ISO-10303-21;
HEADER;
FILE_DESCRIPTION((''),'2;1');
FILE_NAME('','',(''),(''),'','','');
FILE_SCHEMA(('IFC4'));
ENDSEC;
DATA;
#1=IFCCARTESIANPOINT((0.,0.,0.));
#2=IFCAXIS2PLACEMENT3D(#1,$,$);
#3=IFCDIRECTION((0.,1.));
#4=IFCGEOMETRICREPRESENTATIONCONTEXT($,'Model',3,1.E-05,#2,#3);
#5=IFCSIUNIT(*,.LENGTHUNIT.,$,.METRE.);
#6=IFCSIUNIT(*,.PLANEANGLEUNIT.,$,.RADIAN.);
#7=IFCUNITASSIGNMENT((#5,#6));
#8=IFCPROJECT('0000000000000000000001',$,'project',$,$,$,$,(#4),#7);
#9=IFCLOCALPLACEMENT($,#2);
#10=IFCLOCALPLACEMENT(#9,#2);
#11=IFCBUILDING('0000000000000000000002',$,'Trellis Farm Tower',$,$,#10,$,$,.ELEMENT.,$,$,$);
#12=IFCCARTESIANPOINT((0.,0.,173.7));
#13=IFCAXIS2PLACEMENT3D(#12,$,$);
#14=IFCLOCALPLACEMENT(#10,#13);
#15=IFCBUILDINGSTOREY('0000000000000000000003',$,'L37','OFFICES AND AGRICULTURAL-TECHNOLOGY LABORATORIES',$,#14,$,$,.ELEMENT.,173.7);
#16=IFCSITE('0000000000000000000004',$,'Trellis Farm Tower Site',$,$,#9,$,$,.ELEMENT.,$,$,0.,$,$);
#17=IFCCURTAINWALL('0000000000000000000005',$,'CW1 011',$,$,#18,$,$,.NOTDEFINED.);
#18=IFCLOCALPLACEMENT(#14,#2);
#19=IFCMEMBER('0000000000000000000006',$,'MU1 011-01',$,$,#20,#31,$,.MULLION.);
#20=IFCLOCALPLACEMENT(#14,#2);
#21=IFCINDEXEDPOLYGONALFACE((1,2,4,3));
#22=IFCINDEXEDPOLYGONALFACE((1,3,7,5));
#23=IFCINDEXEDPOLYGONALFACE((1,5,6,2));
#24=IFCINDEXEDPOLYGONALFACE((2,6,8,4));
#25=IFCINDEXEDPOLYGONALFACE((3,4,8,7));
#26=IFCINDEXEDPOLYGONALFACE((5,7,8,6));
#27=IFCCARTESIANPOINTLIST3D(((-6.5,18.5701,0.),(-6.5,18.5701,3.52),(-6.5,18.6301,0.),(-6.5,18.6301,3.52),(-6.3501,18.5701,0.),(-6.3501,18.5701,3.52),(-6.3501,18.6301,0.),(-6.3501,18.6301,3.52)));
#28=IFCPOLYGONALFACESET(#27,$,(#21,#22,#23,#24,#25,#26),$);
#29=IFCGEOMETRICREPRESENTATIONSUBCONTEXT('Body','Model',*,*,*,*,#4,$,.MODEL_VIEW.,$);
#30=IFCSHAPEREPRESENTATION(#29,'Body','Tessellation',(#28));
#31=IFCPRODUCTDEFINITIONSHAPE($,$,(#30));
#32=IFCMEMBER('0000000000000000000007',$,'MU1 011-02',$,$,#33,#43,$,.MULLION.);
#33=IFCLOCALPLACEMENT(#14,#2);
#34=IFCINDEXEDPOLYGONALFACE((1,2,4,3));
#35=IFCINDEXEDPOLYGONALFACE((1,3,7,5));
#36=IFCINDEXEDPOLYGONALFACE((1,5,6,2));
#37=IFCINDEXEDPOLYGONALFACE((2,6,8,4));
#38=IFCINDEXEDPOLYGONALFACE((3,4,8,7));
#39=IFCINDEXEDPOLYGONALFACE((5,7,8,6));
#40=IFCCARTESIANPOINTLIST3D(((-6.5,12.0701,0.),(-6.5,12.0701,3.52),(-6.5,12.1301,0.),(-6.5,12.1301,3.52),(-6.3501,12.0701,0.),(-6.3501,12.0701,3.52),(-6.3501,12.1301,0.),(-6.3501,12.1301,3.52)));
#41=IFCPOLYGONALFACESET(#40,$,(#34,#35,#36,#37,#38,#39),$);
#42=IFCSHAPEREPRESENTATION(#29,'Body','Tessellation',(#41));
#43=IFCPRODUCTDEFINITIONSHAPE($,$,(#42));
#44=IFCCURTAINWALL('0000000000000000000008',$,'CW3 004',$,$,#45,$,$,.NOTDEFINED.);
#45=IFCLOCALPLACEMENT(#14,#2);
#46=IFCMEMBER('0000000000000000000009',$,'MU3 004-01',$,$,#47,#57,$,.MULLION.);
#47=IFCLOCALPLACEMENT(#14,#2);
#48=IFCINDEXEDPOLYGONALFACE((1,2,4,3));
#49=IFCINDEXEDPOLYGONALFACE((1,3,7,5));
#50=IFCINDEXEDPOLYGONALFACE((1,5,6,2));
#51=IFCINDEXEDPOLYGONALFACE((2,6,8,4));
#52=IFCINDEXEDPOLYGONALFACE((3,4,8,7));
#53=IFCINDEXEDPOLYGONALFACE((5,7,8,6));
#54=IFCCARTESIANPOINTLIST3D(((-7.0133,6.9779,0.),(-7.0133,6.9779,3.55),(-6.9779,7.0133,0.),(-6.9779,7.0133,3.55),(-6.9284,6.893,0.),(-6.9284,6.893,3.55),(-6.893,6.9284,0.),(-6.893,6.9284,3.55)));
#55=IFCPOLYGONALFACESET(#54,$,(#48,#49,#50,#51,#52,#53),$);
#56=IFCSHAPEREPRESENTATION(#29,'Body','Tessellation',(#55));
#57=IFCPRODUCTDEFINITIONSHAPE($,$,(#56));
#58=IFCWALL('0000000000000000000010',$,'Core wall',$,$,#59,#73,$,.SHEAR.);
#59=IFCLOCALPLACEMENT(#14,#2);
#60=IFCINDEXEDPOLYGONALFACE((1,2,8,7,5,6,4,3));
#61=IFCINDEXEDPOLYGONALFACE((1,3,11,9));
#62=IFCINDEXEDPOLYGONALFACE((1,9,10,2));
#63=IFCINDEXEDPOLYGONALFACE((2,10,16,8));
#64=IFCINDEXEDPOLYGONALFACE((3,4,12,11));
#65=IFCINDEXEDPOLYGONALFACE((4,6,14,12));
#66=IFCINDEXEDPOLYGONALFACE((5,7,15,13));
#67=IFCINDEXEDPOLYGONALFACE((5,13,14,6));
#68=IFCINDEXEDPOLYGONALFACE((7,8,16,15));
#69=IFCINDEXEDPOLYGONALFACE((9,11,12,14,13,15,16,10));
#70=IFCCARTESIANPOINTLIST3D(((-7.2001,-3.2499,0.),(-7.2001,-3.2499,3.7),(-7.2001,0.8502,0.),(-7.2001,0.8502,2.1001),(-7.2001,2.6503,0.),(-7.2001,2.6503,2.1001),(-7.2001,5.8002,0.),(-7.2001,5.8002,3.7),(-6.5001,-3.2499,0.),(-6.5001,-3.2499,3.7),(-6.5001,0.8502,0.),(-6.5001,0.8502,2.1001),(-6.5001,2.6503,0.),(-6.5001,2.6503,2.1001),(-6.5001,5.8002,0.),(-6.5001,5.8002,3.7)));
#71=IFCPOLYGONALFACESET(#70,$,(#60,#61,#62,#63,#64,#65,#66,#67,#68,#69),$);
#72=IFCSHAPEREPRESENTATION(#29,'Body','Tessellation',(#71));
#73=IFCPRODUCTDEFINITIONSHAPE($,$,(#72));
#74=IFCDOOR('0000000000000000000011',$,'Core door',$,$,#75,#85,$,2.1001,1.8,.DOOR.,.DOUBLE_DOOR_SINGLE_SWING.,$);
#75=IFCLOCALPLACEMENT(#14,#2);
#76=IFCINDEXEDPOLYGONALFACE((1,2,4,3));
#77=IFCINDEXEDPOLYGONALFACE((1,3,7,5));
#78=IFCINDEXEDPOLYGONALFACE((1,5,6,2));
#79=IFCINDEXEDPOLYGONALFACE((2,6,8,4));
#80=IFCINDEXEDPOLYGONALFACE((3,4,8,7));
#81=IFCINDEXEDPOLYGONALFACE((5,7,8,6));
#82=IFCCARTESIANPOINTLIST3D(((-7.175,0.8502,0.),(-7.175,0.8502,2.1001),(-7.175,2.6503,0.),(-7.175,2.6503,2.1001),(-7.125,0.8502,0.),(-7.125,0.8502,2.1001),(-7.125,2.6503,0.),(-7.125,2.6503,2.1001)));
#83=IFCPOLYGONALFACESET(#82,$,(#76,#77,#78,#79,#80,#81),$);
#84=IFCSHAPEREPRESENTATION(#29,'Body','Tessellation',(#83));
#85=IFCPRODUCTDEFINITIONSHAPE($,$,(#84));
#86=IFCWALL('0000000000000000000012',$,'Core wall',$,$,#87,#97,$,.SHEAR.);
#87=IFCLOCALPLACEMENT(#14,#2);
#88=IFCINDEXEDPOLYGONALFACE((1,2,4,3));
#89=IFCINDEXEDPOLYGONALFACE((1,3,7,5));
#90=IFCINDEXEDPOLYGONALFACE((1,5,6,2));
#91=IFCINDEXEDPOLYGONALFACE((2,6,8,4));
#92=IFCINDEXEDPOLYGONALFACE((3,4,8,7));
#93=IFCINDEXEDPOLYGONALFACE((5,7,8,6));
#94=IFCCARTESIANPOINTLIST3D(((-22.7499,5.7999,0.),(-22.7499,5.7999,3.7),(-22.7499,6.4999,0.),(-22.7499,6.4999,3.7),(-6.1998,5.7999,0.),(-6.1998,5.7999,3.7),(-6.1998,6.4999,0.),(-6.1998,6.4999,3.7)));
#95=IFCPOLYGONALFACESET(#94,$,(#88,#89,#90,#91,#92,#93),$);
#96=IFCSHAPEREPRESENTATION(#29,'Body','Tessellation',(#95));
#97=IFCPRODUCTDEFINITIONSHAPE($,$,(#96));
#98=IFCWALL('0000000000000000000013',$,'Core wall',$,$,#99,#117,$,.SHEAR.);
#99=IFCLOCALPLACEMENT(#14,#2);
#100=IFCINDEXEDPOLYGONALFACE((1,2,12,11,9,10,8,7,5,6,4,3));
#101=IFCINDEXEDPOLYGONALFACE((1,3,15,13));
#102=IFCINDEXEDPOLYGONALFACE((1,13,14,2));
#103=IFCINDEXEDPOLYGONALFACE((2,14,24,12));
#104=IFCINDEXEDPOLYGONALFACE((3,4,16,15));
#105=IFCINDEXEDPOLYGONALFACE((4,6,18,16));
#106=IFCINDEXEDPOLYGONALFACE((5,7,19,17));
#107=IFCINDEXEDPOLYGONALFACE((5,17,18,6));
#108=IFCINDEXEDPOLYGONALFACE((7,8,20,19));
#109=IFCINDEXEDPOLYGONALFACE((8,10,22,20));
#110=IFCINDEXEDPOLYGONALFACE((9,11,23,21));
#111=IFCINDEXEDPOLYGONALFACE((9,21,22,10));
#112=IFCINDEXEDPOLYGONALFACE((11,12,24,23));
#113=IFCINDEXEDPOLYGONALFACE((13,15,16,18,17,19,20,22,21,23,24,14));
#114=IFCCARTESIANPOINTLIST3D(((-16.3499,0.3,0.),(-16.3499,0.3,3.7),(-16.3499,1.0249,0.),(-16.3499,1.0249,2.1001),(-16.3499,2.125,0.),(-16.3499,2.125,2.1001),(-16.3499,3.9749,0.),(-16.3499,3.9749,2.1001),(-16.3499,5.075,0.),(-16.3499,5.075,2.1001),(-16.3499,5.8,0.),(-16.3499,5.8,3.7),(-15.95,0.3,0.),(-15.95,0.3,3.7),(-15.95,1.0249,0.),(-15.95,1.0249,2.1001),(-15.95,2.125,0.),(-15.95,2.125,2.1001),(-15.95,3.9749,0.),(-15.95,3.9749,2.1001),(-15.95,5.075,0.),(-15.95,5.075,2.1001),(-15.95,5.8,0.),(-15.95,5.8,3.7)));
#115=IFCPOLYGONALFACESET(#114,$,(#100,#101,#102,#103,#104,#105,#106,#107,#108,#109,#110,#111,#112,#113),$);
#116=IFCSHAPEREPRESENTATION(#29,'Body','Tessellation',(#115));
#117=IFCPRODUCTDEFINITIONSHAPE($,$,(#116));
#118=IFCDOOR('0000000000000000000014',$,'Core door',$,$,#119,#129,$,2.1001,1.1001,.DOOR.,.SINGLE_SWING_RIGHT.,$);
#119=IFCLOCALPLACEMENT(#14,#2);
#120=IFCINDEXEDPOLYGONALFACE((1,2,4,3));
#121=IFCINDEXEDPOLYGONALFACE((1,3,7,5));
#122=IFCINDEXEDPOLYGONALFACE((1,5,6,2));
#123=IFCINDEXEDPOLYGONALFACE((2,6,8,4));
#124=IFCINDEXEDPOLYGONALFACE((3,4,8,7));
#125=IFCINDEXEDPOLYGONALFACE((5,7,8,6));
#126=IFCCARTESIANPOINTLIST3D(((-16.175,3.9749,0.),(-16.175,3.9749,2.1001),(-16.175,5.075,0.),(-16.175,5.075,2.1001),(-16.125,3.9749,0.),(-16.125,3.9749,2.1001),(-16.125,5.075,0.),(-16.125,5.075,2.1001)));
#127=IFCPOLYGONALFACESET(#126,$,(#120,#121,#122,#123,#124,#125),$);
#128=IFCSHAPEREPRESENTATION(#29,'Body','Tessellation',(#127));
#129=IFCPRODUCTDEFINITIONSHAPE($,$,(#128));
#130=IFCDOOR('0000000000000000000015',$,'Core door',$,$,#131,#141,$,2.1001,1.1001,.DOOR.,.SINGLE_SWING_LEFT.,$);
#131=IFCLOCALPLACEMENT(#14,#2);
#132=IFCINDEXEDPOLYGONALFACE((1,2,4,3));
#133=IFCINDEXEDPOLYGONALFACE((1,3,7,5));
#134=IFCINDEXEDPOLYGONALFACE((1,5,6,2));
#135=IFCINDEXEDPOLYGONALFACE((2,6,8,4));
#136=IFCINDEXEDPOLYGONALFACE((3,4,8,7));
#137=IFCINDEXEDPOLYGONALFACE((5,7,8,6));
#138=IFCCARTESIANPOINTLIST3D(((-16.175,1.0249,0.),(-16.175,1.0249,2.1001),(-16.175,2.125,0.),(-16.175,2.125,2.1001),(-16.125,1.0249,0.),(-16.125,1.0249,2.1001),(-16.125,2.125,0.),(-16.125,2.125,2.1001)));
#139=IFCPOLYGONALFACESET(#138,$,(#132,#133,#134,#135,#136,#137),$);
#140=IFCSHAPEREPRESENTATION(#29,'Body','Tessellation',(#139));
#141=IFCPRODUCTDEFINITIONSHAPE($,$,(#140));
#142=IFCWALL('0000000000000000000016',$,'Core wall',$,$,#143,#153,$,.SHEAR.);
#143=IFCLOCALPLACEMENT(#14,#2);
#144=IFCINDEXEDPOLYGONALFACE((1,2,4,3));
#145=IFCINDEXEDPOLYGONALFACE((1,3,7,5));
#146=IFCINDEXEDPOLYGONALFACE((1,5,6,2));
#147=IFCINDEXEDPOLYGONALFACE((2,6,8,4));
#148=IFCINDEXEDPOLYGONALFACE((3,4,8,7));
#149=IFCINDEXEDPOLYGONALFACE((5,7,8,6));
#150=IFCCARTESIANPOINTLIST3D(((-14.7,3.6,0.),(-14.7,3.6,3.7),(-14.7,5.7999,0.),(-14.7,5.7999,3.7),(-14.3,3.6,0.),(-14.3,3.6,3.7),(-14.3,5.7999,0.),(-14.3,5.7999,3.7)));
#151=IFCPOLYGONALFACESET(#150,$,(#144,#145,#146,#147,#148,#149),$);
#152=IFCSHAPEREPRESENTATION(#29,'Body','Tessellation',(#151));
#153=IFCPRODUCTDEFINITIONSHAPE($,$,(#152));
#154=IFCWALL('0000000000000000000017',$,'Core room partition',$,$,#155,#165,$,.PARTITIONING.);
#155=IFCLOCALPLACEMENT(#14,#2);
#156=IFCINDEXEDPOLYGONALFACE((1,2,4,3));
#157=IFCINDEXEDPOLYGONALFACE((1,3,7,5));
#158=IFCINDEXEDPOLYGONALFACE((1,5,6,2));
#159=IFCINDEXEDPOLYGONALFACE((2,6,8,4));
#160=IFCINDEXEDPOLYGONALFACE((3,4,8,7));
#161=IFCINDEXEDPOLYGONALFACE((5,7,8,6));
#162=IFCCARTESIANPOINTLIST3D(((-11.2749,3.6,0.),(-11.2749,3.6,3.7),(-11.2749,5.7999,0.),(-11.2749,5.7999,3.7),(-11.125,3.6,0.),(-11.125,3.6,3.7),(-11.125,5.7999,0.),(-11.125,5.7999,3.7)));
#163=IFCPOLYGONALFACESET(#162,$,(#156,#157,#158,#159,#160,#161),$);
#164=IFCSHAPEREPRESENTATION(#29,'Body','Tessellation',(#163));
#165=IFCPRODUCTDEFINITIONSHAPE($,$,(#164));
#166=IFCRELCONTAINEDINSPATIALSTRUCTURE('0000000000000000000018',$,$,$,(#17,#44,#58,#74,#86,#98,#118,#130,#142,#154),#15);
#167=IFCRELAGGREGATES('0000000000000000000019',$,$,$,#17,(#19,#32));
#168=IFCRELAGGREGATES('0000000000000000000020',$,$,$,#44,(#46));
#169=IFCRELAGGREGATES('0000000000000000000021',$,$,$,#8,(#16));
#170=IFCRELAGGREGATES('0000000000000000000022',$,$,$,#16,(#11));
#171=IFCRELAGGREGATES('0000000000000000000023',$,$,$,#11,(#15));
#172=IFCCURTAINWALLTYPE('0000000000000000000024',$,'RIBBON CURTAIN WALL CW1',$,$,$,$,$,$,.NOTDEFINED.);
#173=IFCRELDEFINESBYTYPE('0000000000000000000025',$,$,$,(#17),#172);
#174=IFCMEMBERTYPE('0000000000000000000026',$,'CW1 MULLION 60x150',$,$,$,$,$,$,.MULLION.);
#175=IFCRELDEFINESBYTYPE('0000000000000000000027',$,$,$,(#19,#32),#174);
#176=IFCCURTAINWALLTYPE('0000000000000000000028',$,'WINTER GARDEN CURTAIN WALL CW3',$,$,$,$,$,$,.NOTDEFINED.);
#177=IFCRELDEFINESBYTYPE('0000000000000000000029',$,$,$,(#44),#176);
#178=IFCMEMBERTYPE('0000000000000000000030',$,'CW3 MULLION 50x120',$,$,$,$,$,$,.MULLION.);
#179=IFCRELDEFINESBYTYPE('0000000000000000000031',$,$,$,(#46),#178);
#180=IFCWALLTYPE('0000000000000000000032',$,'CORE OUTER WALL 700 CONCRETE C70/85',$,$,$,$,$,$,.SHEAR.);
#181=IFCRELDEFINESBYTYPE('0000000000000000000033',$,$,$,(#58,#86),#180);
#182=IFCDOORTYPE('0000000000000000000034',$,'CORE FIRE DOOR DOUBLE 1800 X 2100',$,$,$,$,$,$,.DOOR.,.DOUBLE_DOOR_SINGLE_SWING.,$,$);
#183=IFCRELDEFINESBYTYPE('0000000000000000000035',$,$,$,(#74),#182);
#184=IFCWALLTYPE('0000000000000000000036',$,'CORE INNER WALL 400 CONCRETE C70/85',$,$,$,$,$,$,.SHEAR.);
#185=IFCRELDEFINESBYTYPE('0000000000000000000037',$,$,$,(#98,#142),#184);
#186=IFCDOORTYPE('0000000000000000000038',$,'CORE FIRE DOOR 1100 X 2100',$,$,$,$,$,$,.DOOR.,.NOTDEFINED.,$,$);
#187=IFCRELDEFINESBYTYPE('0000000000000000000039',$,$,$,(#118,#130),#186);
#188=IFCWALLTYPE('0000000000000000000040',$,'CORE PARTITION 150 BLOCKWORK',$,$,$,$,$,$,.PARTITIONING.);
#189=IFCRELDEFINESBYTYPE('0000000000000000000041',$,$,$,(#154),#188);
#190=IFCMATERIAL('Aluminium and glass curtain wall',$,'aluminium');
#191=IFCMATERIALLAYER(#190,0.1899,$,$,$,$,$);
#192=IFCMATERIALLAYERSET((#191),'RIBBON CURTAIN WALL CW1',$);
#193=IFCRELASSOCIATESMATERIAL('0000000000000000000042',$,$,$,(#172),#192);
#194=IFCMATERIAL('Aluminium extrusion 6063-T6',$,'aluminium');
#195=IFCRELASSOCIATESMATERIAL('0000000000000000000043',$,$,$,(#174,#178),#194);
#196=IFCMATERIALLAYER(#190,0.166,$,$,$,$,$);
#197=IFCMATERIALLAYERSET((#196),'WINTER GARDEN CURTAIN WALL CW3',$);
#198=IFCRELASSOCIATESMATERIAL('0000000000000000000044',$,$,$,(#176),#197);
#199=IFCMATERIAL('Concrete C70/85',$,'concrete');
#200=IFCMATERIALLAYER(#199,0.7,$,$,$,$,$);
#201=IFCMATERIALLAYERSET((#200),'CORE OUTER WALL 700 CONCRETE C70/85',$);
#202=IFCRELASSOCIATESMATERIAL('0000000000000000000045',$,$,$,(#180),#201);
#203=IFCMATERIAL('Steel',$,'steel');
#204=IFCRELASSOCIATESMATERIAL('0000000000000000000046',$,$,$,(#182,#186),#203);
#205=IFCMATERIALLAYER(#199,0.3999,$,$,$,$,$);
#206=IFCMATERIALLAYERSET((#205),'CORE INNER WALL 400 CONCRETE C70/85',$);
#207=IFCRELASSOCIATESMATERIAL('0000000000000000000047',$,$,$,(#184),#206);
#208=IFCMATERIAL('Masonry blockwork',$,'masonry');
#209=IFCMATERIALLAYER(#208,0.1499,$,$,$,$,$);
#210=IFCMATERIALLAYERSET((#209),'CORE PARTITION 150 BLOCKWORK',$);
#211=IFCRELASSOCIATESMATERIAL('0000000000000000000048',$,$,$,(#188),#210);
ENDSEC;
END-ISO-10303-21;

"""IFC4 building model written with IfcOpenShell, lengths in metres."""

from ifc_helpers import new_model, si_unit, direction, frame, frame_2d, origin, origin_2d, place, context, subcontext, project, spatial, rectangle, extrude, source, transform, mapped, material, layer, layer_set, material_profile, profile_set, type_object, element, fill, aggregate, save


model = new_model("IFC4")

# Units and contexts
model_context = context("Model", 3, precision=1e-05, world=origin(), true_north=direction((0.0, 1.0)))
body_context = subcontext(model_context, "Body", "Model", "MODEL_VIEW")
ifc_project = project(units=[si_unit("LENGTHUNIT", "METRE"), si_unit("PLANEANGLEUNIT", "RADIAN")], contexts=[model_context])

# Site, building, storey
site_placement = place(None, origin())
site = spatial("IfcSite", under=ifc_project, at=site_placement, Name="Trellis Farm Tower Site", CompositionType="ELEMENT", RefElevation=0.0)
building_placement = place(site_placement, origin())
building = spatial("IfcBuilding", under=site, at=building_placement, Name="Trellis Farm Tower", CompositionType="ELEMENT")
storey_placement = place(building_placement, frame((0.0, 0.0, 173.7)))
storey = spatial("IfcBuildingStorey", under=building, at=storey_placement, Name="L37", Description="OFFICES AND AGRICULTURAL-TECHNOLOGY LABORATORIES", CompositionType="ELEMENT", Elevation=173.7)

# Shared definitions
ifc_material_1 = material(Name="Concrete C70/85", Category="concrete")

# Shared definitions
ifc_material_2 = material(Name="Aluminium and glass curtain wall", Category="aluminium")
ifc_layer_1 = layer(ifc_material_2, 0.1899)
ifc_layer_set_1 = layer_set([ifc_layer_1], Name="RIBBON CURTAIN WALL CW1")
curtain_wall_type_1 = type_object("IfcCurtainWallType", Name="RIBBON CURTAIN WALL CW1", PredefinedType="NOTDEFINED", material=ifc_layer_set_1)
placement = place(storey_placement, origin())
ifc_material_3 = material(Name="Aluminium extrusion 6063-T6", Category="aluminium")
ifc_material_profile_1 = material_profile(ifc_material_3, rectangle(XDim=0.0601, YDim=0.1499, at=origin_2d()), Name="MULLION 60x150")
ifc_profile_set_1 = profile_set([ifc_material_profile_1], Name="Aluminium extrusion 6063-T6")
member_type_1 = type_object("IfcMemberType", Name="CW1 MULLION 60x150", PredefinedType="MULLION", material=ifc_profile_set_1)
shared_shape_1 = source(origin(), body_context, "Body", "SweptSolid", [
    extrude(rectangle(XDim=0.0601, YDim=0.1499, at=origin_2d()), origin(), (0.0, 0.0, 1.0), 3.52),
])

# Curtain wall, members
curtain_wall_1 = element("IfcCurtainWall", 1, at=placement, inside=storey, type_object=curtain_wall_type_1, Name="CW1 011", PredefinedType="NOTDEFINED")
member_1_placement = place(storey_placement, frame((-6.425, 18.6001, 0.0), z_axis=(0.0, 0.0, 1.0), x_axis=(0.0, -1.0, 0.0)))
member_1 = element("IfcMember", 2, at=member_1_placement, type_object=member_type_1, Name="MU1 011-01", PredefinedType="MULLION", context=body_context, shape_type="MappedRepresentation", body=[
    mapped(shared_shape_1, transform((0.0, 0.0, 0.0))),
])
member_2_placement = place(storey_placement, frame((-6.425, 12.1001, 0.0), z_axis=(0.0, 0.0, 1.0), x_axis=(0.0, -1.0, 0.0)))
member_2 = element("IfcMember", 3, at=member_2_placement, type_object=member_type_1, Name="MU1 011-02", PredefinedType="MULLION", context=body_context, shape_type="MappedRepresentation", body=[
    mapped(shared_shape_1, transform((0.0, 0.0, 0.0))),
])
aggregate(curtain_wall_1, [member_1, member_2])

# Curtain wall, member
ifc_layer_2 = layer(ifc_material_2, 0.166)
ifc_layer_set_2 = layer_set([ifc_layer_2], Name="WINTER GARDEN CURTAIN WALL CW3")
curtain_wall_type_2 = type_object("IfcCurtainWallType", Name="WINTER GARDEN CURTAIN WALL CW3", PredefinedType="NOTDEFINED", material=ifc_layer_set_2)
curtain_wall_2 = element("IfcCurtainWall", 4, at=placement, inside=storey, type_object=curtain_wall_type_2, Name="CW3 004", PredefinedType="NOTDEFINED")
ifc_material_profile_2 = material_profile(ifc_material_3, rectangle(XDim=0.05, YDim=0.1201, at=origin_2d()), Name="MULLION 50x120")
ifc_profile_set_2 = profile_set([ifc_material_profile_2], Name="Aluminium extrusion 6063-T6")
member_type_2 = type_object("IfcMemberType", Name="CW3 MULLION 50x120", PredefinedType="MULLION", material=ifc_profile_set_2)
shared_shape_2 = source(origin(), body_context, "Body", "SweptSolid", [
    extrude(rectangle(XDim=0.05, YDim=0.1201, at=origin_2d()), origin(), (0.0, 0.0, 1.0), 3.55),
])
member_3_placement = place(storey_placement, frame((-6.9531, 6.9531, 0.0), z_axis=(0.0, 0.0, 1.0), x_axis=(-0.707107, -0.707107, 0.0)))
member_3 = element("IfcMember", 5, at=member_3_placement, type_object=member_type_2, Name="MU3 004-01", PredefinedType="MULLION", context=body_context, shape_type="MappedRepresentation", body=[
    mapped(shared_shape_2, transform((0.0, 0.0, 0.0))),
])
aggregate(curtain_wall_2, [member_3])

# Wall, opening, door
ifc_layer_3 = layer(ifc_material_1, 0.7)
ifc_layer_set_3 = layer_set([ifc_layer_3], Name="CORE OUTER WALL 700 CONCRETE C70/85")
wall_type_1 = type_object("IfcWallType", Name="CORE OUTER WALL 700 CONCRETE C70/85", PredefinedType="SHEAR", material=ifc_layer_set_3)
shared_shape_3 = source(origin(), body_context, "Body", "SweptSolid", [
    extrude(rectangle(XDim=9.05, YDim=0.7, at=frame_2d((4.5249, 0.0))), origin(), (0.0, 0.0, 1.0), 3.7),
])
wall_1_placement = place(storey_placement, frame((-6.8501, 5.8, 0.0), z_axis=(0.0, 0.0, 1.0), x_axis=(0.0, -1.0, 0.0)))
wall_1 = element("IfcWall", 6, at=wall_1_placement, inside=storey, type_object=wall_type_1, Name="Core wall", PredefinedType="SHEAR", context=body_context, shape_type="MappedRepresentation", body=[
    mapped(shared_shape_3, transform((0.0, 0.0, 0.0))),
])
shared_shape_4 = source(origin(), body_context, "Body", "SweptSolid", [
    extrude(rectangle(XDim=1.8, YDim=2.1001, at=frame_2d((0.8999, 1.05))), frame((0.0, 0.3601, 0.0), z_axis=(0.0, -1.0, 0.0), x_axis=(1.0, 0.0, 0.0)), (0.0, 0.0, 1.0), 0.7202),
])
opening_1_placement = place(wall_1_placement, frame((3.1499, 0.0, 0.0)))
opening_1 = element("IfcOpeningElement", 7, at=opening_1_placement, cuts=wall_1, PredefinedType="OPENING", context=body_context, shape_type="MappedRepresentation", body=[
    mapped(shared_shape_4, transform((0.0, 0.0, 0.0))),
])
ifc_material_4 = material(Name="Steel", Category="steel")
door_type_1 = type_object("IfcDoorType", Name="CORE FIRE DOOR DOUBLE 1800 X 2100", OperationType="DOUBLE_DOOR_SINGLE_SWING", PredefinedType="DOOR", material=ifc_material_4)
shared_shape_5 = source(origin(), body_context, "Body", "SweptSolid", [
    extrude(rectangle(XDim=1.8, YDim=2.1001, at=frame_2d((0.8999, 1.05))), frame((0.0, -0.2749, 0.0), z_axis=(0.0, -1.0, 0.0), x_axis=(1.0, 0.0, 0.0)), (0.0, 0.0, 1.0), 0.05),
])
door_1_placement = place(opening_1_placement, origin())
door_1 = element("IfcDoor", 8, at=door_1_placement, inside=storey, type_object=door_type_1, Name="Core door", OperationType="DOUBLE_DOOR_SINGLE_SWING", OverallHeight=2.1001, OverallWidth=1.8, PredefinedType="DOOR", context=body_context, shape_type="MappedRepresentation", body=[
    mapped(shared_shape_5, transform((0.0, 0.0, 0.0))),
])
fill(opening_1, door_1)

# Wall
shared_shape_6 = source(origin(), body_context, "Body", "SweptSolid", [
    extrude(rectangle(XDim=16.55, YDim=0.7, at=frame_2d((8.2749, 0.0))), origin(), (0.0, 0.0, 1.0), 3.7),
])
wall_2_placement = place(storey_placement, frame((-6.2, 6.1499, 0.0), z_axis=(0.0, 0.0, 1.0), x_axis=(-1.0, 0.0, 0.0)))
element("IfcWall", 9, at=wall_2_placement, inside=storey, type_object=wall_type_1, Name="Core wall", PredefinedType="SHEAR", context=body_context, shape_type="MappedRepresentation", body=[
    mapped(shared_shape_6, transform((0.0, 0.0, 0.0))),
])

# Wall, openings, doors
ifc_layer_4 = layer(ifc_material_1, 0.3999)
ifc_layer_set_4 = layer_set([ifc_layer_4], Name="CORE INNER WALL 400 CONCRETE C70/85")
wall_type_2 = type_object("IfcWallType", Name="CORE INNER WALL 400 CONCRETE C70/85", PredefinedType="SHEAR", material=ifc_layer_set_4)
shared_shape_7 = source(origin(), body_context, "Body", "SweptSolid", [
    extrude(rectangle(XDim=5.5, YDim=0.3999, at=frame_2d((2.75, 0.0))), origin(), (0.0, 0.0, 1.0), 3.7),
])
wall_3_placement = place(storey_placement, frame((-16.1499, 5.8, 0.0), z_axis=(0.0, 0.0, 1.0), x_axis=(0.0, -1.0, 0.0)))
wall_3 = element("IfcWall", 10, at=wall_3_placement, inside=storey, type_object=wall_type_2, Name="Core wall", PredefinedType="SHEAR", context=body_context, shape_type="MappedRepresentation", body=[
    mapped(shared_shape_7, transform((0.0, 0.0, 0.0))),
])
shared_shape_8 = source(origin(), body_context, "Body", "SweptSolid", [
    extrude(rectangle(XDim=1.1001, YDim=2.1001, at=frame_2d((0.55, 1.05))), frame((0.0, 0.21, 0.0), z_axis=(0.0, -1.0, 0.0), x_axis=(1.0, 0.0, 0.0)), (0.0, 0.0, 1.0), 0.4199),
])
opening_2_placement = place(wall_3_placement, frame((0.7251, 0.0, 0.0)))
opening_2 = element("IfcOpeningElement", 11, at=opening_2_placement, cuts=wall_3, PredefinedType="OPENING", context=body_context, shape_type="MappedRepresentation", body=[
    mapped(shared_shape_8, transform((0.0, 0.0, 0.0))),
])
opening_3_placement = place(wall_3_placement, frame((3.675, 0.0, 0.0)))
opening_3 = element("IfcOpeningElement", 12, at=opening_3_placement, cuts=wall_3, PredefinedType="OPENING", context=body_context, shape_type="MappedRepresentation", body=[
    mapped(shared_shape_8, transform((0.0, 0.0, 0.0))),
])
door_type_2 = type_object("IfcDoorType", Name="CORE FIRE DOOR 1100 X 2100", OperationType="NOTDEFINED", PredefinedType="DOOR", material=ifc_material_4)
shared_shape_9 = source(origin(), body_context, "Body", "SweptSolid", [
    extrude(rectangle(XDim=1.1001, YDim=2.1001, at=frame_2d((0.55, 1.05))), frame((0.0, 0.0249, 0.0), z_axis=(0.0, -1.0, 0.0), x_axis=(1.0, 0.0, 0.0)), (0.0, 0.0, 1.0), 0.05),
])
door_2_placement = place(opening_2_placement, origin())
door_2 = element("IfcDoor", 13, at=door_2_placement, inside=storey, type_object=door_type_2, Name="Core door", OperationType="SINGLE_SWING_RIGHT", OverallHeight=2.1001, OverallWidth=1.1001, PredefinedType="DOOR", context=body_context, shape_type="MappedRepresentation", body=[
    mapped(shared_shape_9, transform((0.0, 0.0, 0.0))),
])
fill(opening_2, door_2)
door_3_placement = place(opening_3_placement, origin())
door_3 = element("IfcDoor", 14, at=door_3_placement, inside=storey, type_object=door_type_2, Name="Core door", OperationType="SINGLE_SWING_LEFT", OverallHeight=2.1001, OverallWidth=1.1001, PredefinedType="DOOR", context=body_context, shape_type="MappedRepresentation", body=[
    mapped(shared_shape_9, transform((0.0, 0.0, 0.0))),
])
fill(opening_3, door_3)

# Walls
shared_shape_10 = source(origin(), body_context, "Body", "SweptSolid", [
    extrude(rectangle(XDim=2.2, YDim=0.3999, at=frame_2d((1.1001, 0.0))), origin(), (0.0, 0.0, 1.0), 3.7),
])
wall_4_placement = place(storey_placement, frame((-14.5, 5.8, 0.0), z_axis=(0.0, 0.0, 1.0), x_axis=(0.0, -1.0, 0.0)))
element("IfcWall", 15, at=wall_4_placement, inside=storey, type_object=wall_type_2, Name="Core wall", PredefinedType="SHEAR", context=body_context, shape_type="MappedRepresentation", body=[
    mapped(shared_shape_10, transform((0.0, 0.0, 0.0))),
])
ifc_material_5 = material(Name="Masonry blockwork", Category="masonry")
ifc_layer_5 = layer(ifc_material_5, 0.1499)
ifc_layer_set_5 = layer_set([ifc_layer_5], Name="CORE PARTITION 150 BLOCKWORK")
wall_type_3 = type_object("IfcWallType", Name="CORE PARTITION 150 BLOCKWORK", PredefinedType="PARTITIONING", material=ifc_layer_set_5)
shared_shape_11 = source(origin(), body_context, "Body", "SweptSolid", [
    extrude(rectangle(XDim=2.2, YDim=0.1499, at=frame_2d((1.1001, 0.0))), origin(), (0.0, 0.0, 1.0), 3.7),
])
for number, where, z_axis, x_axis, name in (
    (16, (-11.2, 5.8, 0.0), (0.0, 0.0, 1.0), (0.0, -1.0, 0.0), "Core room partition"),
):
    element("IfcWall", number, at=place(storey_placement, frame(where, z_axis=z_axis, x_axis=x_axis)), inside=storey, type_object=wall_type_3, Name=name, PredefinedType="PARTITIONING", context=body_context, shape_type="MappedRepresentation", body=[
        mapped(shared_shape_11, transform((0.0, 0.0, 0.0))),
    ])

save(model, "model.ifc")
